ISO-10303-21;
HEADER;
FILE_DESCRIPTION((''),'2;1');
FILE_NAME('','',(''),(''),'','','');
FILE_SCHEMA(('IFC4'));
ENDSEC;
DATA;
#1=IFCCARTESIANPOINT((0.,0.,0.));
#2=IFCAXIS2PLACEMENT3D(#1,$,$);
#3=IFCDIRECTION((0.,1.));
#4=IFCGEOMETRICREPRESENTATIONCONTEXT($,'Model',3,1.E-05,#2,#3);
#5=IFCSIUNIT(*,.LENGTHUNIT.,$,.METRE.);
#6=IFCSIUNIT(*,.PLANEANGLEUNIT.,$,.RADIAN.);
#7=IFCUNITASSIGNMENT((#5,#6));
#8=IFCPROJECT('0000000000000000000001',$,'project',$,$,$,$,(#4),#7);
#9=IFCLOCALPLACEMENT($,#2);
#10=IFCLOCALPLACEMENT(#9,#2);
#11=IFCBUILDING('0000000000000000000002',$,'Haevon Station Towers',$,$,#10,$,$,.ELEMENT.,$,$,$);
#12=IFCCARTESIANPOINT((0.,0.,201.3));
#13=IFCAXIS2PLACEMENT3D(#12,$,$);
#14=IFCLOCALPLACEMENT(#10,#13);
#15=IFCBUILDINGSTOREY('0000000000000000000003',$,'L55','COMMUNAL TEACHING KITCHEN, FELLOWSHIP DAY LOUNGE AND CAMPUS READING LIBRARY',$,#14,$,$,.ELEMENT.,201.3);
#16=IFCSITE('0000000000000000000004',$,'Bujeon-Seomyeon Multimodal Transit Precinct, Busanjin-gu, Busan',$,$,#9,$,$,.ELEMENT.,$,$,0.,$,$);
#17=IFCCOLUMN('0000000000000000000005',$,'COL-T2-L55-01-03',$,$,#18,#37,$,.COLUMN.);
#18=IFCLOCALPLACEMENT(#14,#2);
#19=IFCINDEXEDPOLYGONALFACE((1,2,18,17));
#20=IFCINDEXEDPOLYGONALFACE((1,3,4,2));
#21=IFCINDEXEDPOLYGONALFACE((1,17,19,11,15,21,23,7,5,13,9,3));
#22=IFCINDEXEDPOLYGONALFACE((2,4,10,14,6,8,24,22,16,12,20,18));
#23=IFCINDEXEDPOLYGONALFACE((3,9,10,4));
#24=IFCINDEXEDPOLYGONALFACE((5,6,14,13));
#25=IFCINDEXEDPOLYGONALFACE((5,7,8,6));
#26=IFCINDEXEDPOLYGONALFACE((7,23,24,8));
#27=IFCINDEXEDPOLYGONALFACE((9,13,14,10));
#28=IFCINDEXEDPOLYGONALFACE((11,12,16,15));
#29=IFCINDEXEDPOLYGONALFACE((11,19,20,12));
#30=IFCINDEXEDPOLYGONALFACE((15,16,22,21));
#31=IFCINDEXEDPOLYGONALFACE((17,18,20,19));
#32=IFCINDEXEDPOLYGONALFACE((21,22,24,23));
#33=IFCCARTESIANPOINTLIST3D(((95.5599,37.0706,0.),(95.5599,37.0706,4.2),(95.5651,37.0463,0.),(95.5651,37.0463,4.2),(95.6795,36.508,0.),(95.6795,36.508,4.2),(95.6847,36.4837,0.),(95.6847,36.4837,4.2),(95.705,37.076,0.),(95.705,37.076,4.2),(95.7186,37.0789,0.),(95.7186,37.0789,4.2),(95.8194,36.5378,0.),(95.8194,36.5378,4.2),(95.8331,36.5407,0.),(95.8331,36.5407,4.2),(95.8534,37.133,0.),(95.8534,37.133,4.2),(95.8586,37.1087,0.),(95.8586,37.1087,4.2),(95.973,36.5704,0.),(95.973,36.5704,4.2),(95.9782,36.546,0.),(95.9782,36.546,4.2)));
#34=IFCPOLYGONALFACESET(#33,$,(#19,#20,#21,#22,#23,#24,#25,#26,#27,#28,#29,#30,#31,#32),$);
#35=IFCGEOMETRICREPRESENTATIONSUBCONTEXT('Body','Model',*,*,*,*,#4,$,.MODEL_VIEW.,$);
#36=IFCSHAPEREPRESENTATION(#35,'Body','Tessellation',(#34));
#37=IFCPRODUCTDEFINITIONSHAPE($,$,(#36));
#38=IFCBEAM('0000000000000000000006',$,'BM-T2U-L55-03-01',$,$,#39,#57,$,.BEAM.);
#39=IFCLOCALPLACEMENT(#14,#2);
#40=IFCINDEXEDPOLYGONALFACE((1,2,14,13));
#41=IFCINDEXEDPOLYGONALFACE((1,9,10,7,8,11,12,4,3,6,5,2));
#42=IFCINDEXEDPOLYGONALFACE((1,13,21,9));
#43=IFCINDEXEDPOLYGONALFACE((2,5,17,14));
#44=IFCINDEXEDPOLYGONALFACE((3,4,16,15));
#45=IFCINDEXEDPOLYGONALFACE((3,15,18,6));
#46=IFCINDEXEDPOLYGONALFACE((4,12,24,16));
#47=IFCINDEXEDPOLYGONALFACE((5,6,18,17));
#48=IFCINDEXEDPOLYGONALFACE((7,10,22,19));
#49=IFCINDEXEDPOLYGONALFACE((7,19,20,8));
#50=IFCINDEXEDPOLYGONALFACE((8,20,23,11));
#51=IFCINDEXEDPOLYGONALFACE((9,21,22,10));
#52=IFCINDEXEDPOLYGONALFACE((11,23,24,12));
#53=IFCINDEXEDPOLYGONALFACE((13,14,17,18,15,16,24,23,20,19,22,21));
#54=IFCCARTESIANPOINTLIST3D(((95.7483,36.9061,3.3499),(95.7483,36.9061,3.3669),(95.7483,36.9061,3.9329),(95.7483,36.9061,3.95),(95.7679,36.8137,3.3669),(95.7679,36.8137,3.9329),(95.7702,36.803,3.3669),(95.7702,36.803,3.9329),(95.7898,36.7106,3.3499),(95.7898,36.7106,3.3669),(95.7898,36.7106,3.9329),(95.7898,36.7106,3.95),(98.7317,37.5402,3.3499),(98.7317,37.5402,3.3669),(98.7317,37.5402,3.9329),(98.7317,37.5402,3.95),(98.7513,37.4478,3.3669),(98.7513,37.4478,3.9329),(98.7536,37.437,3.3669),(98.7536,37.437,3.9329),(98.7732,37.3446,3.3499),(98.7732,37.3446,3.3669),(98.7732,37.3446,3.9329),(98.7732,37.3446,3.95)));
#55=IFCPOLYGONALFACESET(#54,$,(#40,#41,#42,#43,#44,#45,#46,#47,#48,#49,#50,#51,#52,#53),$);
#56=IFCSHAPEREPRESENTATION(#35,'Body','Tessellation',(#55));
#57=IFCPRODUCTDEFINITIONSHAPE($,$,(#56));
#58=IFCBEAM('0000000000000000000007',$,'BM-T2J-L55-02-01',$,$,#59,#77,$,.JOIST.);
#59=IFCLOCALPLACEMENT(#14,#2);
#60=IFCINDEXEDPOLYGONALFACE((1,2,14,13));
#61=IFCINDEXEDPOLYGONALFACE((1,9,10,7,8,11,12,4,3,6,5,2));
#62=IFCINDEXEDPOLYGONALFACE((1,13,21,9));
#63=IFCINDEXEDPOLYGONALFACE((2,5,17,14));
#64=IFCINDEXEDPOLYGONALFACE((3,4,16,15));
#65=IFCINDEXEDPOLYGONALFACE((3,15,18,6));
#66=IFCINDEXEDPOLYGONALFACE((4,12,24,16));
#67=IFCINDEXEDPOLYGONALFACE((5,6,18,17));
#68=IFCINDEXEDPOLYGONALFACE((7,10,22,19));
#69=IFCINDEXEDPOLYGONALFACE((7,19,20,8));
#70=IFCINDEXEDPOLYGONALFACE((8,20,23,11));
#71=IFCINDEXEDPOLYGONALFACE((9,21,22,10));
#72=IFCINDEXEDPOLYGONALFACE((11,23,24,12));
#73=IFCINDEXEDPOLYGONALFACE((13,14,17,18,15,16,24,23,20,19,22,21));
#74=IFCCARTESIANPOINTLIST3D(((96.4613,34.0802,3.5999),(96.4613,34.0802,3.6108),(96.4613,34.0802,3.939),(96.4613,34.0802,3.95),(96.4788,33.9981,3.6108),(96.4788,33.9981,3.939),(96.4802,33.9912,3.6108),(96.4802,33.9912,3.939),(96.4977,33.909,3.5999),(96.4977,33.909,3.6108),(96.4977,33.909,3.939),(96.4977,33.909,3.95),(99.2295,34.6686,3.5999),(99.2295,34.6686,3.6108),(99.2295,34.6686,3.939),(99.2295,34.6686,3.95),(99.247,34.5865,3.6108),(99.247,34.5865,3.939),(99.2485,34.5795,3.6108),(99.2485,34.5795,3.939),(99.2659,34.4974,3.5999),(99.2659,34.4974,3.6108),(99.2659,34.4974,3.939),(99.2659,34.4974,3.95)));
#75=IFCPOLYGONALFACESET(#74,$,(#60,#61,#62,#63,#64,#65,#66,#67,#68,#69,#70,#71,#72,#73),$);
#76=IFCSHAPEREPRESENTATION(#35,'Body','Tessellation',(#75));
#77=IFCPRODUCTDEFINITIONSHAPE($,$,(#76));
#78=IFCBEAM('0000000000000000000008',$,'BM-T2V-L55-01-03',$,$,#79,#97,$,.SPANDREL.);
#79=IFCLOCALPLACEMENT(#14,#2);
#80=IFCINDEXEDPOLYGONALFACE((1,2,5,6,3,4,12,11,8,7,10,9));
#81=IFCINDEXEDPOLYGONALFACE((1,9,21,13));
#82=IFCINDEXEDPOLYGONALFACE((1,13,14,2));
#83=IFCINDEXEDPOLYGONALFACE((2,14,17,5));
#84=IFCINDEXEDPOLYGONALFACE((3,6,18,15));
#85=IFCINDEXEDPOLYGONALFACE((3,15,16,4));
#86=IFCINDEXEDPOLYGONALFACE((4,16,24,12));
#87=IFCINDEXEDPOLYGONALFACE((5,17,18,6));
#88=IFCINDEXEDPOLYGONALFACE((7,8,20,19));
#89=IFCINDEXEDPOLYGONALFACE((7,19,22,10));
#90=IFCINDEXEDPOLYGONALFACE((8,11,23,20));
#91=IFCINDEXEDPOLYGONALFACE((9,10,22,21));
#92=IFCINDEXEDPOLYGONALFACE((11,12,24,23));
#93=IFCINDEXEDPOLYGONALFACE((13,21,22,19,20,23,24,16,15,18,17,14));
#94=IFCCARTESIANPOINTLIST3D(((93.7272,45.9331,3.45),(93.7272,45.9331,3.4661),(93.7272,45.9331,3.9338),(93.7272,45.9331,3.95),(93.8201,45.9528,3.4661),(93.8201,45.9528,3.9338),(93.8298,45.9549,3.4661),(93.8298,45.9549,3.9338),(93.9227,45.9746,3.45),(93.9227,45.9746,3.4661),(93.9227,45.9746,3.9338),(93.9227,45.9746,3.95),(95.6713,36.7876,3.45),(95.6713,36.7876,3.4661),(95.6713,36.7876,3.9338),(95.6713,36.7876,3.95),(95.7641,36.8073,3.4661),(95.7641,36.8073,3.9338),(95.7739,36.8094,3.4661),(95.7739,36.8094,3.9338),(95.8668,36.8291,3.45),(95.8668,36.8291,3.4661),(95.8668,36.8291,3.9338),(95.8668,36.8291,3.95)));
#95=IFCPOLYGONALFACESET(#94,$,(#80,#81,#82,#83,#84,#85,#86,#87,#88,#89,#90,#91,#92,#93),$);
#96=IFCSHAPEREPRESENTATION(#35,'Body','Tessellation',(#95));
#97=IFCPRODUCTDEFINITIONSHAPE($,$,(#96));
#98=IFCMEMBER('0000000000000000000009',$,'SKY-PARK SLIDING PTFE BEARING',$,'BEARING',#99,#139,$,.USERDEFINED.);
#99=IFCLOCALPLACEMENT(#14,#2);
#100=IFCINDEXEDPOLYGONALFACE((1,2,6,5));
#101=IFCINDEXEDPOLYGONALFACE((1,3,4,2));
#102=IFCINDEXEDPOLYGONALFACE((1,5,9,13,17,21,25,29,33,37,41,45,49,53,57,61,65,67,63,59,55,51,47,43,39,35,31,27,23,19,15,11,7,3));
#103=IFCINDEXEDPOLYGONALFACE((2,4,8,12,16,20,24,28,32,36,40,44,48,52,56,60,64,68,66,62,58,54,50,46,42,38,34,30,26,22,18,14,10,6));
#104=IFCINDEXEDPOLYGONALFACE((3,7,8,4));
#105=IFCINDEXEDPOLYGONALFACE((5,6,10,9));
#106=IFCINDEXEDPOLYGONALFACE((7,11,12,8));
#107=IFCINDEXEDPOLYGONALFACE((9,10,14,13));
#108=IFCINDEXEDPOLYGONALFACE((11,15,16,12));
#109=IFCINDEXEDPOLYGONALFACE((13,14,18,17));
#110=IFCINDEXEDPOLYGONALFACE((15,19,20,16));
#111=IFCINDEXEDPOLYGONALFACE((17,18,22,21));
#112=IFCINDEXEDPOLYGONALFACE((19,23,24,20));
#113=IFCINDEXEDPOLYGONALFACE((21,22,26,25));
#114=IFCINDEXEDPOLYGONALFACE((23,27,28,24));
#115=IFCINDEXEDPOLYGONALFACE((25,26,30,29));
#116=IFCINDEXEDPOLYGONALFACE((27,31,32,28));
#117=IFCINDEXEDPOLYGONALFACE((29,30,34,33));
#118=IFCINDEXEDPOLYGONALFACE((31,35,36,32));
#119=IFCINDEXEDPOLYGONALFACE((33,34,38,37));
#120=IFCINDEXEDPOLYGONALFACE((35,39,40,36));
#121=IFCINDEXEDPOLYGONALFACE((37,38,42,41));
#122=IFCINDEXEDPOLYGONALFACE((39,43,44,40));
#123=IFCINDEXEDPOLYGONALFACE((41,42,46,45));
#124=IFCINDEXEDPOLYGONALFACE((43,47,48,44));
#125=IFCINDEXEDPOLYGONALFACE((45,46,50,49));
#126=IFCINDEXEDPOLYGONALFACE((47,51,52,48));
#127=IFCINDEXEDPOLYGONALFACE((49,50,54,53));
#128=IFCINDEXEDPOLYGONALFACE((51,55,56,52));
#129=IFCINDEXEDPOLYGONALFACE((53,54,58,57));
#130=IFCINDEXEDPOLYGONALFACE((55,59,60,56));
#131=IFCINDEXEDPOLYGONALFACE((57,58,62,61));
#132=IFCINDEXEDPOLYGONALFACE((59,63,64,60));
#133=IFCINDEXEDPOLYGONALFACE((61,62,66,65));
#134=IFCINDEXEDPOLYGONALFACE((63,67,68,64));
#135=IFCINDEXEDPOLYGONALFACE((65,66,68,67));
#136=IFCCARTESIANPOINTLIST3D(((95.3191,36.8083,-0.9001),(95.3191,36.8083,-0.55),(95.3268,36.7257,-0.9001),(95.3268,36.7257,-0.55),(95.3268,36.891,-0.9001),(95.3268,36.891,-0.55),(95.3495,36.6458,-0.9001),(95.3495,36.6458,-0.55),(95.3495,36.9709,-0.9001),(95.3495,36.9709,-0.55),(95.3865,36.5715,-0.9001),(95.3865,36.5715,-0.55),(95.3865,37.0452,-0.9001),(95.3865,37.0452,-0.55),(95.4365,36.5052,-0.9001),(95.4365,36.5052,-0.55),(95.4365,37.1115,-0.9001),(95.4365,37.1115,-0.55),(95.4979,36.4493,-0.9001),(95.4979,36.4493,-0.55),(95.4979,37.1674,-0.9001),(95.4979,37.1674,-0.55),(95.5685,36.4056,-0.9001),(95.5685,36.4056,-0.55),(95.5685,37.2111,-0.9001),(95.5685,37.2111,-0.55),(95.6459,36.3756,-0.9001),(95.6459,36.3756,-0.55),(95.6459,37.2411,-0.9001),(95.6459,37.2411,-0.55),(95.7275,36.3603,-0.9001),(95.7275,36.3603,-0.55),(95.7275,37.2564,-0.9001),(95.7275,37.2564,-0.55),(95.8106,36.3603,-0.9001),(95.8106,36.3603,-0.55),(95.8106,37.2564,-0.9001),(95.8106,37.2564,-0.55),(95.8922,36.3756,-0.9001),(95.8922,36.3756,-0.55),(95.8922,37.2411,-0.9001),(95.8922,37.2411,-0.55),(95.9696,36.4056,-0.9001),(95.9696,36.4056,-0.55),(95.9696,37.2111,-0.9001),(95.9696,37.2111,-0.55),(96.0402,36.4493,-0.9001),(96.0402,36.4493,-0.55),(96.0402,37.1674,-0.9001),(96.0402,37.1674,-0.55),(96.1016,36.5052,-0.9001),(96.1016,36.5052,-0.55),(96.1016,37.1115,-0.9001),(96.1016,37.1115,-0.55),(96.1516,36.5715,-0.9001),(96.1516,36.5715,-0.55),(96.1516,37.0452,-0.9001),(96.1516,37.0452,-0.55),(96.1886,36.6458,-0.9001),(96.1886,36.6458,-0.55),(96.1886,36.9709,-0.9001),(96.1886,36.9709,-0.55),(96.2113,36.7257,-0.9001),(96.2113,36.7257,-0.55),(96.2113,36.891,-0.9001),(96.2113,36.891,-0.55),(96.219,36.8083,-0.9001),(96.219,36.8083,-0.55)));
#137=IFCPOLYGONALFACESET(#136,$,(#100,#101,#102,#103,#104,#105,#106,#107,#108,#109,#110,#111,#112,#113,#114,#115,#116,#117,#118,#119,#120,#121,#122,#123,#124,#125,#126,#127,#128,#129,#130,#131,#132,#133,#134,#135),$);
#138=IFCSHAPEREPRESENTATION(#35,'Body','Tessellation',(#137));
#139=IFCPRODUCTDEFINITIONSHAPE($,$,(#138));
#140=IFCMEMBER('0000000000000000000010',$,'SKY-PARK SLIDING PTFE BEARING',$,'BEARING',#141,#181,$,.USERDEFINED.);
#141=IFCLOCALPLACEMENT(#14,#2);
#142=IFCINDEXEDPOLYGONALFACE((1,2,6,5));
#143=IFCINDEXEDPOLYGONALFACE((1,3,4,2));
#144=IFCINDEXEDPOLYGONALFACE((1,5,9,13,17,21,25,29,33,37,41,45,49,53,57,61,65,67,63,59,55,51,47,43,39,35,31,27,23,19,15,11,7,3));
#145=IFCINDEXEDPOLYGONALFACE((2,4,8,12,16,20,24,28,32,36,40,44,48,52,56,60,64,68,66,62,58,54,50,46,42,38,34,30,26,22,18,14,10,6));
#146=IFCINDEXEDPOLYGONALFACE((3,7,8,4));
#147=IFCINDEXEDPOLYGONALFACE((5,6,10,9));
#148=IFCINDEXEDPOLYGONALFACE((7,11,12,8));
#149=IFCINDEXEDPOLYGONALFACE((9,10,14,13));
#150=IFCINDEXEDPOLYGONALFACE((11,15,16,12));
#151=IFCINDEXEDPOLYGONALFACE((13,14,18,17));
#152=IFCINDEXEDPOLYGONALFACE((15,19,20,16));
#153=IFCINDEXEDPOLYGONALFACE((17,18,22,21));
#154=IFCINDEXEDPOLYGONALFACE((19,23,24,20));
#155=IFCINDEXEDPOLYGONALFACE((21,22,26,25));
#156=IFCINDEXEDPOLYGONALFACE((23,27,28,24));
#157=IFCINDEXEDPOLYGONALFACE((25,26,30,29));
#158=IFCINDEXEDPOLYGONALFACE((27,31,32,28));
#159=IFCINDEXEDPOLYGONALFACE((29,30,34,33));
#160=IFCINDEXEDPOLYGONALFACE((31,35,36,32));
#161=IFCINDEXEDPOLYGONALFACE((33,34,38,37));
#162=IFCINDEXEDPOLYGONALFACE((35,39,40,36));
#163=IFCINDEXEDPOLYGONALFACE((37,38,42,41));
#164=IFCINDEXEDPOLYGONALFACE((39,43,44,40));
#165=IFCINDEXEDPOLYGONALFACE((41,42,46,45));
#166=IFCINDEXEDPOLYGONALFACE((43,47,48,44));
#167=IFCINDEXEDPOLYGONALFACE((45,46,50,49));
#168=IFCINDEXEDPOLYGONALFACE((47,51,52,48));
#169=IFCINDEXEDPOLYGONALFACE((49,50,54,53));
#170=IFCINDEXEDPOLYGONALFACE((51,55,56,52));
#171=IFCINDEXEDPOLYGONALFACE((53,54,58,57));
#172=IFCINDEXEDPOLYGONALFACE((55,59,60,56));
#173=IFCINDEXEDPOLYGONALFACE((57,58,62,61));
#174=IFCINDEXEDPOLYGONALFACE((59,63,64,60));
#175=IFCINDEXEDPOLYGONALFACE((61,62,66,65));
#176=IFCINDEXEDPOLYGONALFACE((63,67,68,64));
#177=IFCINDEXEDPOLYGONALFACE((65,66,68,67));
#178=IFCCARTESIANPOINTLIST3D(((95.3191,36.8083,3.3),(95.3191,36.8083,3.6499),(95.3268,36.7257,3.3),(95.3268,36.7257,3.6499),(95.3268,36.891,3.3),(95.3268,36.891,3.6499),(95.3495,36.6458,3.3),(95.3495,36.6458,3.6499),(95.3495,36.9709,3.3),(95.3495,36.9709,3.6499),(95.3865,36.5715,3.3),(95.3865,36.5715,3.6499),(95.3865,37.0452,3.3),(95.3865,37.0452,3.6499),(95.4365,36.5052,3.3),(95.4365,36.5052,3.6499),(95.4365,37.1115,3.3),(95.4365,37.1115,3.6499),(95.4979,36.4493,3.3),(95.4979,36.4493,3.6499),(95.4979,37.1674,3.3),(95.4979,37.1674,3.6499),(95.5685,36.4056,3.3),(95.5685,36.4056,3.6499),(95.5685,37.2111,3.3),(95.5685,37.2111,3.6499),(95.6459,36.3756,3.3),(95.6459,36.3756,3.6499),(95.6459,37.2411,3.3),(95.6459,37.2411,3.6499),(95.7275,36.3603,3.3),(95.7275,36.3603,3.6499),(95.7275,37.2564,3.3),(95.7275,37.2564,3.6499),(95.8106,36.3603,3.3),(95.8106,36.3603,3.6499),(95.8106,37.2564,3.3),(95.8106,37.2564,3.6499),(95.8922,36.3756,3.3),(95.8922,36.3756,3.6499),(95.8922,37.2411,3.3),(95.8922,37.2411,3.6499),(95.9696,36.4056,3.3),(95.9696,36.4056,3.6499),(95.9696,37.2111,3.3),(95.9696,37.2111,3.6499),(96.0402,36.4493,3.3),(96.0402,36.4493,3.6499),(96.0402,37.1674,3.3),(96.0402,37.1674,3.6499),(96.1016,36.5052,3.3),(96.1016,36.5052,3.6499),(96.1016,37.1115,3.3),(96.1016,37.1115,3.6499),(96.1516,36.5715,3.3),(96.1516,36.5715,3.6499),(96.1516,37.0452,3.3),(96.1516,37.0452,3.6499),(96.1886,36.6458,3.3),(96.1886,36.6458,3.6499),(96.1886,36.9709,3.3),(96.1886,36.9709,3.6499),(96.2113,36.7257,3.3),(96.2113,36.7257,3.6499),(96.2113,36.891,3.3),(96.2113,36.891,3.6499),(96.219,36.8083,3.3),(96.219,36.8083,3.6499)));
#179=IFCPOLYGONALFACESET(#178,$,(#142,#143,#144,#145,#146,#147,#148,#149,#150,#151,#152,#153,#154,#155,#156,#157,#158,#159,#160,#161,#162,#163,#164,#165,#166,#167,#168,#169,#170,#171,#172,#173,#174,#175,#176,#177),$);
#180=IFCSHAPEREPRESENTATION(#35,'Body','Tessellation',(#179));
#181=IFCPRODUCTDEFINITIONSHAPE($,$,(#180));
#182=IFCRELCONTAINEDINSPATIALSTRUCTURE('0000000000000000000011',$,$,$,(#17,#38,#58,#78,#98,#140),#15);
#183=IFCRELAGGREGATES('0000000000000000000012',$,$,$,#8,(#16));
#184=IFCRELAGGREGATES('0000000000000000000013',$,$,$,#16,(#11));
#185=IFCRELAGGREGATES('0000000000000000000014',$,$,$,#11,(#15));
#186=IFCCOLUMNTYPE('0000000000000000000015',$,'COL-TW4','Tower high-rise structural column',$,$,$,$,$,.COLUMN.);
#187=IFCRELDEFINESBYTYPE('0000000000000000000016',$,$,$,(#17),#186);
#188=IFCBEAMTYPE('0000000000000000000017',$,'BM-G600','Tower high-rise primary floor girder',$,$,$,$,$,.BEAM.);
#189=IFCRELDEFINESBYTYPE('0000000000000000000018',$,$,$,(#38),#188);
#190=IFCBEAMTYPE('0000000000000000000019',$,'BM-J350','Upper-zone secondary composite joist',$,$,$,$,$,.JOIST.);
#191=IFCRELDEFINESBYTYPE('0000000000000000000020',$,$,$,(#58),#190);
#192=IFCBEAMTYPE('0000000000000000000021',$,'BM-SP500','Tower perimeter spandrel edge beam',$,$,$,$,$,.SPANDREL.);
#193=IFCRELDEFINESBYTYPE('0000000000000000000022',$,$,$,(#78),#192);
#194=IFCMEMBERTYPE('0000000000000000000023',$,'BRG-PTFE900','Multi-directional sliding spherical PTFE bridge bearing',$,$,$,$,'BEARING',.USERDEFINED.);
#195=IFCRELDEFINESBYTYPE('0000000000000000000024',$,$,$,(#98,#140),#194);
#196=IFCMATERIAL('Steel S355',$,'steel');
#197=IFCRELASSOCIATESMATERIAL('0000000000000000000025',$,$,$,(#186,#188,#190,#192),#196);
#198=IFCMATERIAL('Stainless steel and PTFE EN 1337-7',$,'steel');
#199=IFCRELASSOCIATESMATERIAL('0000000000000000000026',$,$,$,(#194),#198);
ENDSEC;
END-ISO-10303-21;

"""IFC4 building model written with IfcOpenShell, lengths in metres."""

from ifc_helpers import new_model, si_unit, direction, frame, origin, origin_2d, place, context, subcontext, project, spatial, circle, i_section, extrude, material, material_profile, profile_set, type_object, element, save


model = new_model("IFC4")

# Units and contexts
model_context = context("Model", 3, precision=1e-05, world=origin(), true_north=direction((0.0, 1.0)))
body_context = subcontext(model_context, "Body", "Model", "MODEL_VIEW")
ifc_project = project(units=[si_unit("LENGTHUNIT", "METRE"), si_unit("PLANEANGLEUNIT", "RADIAN")], contexts=[model_context])

# Site, building, storey
site_placement = place(None, origin())
site = spatial("IfcSite", under=ifc_project, at=site_placement, Name="Bujeon-Seomyeon Multimodal Transit Precinct, Busanjin-gu, Busan", CompositionType="ELEMENT", RefElevation=0.0)
building_placement = place(site_placement, origin())
building = spatial("IfcBuilding", under=site, at=building_placement, Name="Haevon Station Towers", CompositionType="ELEMENT")
storey_placement = place(building_placement, frame((0.0, 0.0, 201.3)))
storey = spatial("IfcBuildingStorey", under=building, at=storey_placement, Name="L55", Description="COMMUNAL TEACHING KITCHEN, FELLOWSHIP DAY LOUNGE AND CAMPUS READING LIBRARY", CompositionType="ELEMENT", Elevation=201.3)

# Column
ifc_material_1 = material(Name="Steel S355", Category="steel")
ifc_material_profile_1 = material_profile(ifc_material_1, i_section(OverallWidth=0.3, OverallDepth=0.6001, WebThickness=0.0139, FlangeThickness=0.0249, at=origin_2d()), Name="H-600x300x14x25")
ifc_profile_set_1 = profile_set([ifc_material_profile_1], Name="Steel S355")
column_type = type_object("IfcColumnType", Name="COL-TW4", Description="Tower high-rise structural column", PredefinedType="COLUMN", material=ifc_profile_set_1)
column_placement = place(storey_placement, frame((95.769, 36.8083, 0.0), z_axis=(0.0, 0.0, 1.0), x_axis=(0.978148, 0.207912, 0.0)))
element("IfcColumn", 1, at=column_placement, inside=storey, type_object=column_type, Name="COL-T2-L55-01-03", PredefinedType="COLUMN", context=body_context, shape_type="SweptSolid", body=[
    extrude(i_section(OverallWidth=0.3, OverallDepth=0.6001, WebThickness=0.0139, FlangeThickness=0.0249, at=origin_2d()), origin(), (0.0, 0.0, 1.0), 4.2),
])

# Beams
ifc_material_profile_2 = material_profile(ifc_material_1, i_section(OverallWidth=0.2, OverallDepth=0.6001, WebThickness=0.011, FlangeThickness=0.0171, at=origin_2d()), Name="H-600x200x11x17")
ifc_profile_set_2 = profile_set([ifc_material_profile_2], Name="Steel S355")
beam_type_1 = type_object("IfcBeamType", Name="BM-G600", Description="Tower high-rise primary floor girder", PredefinedType="BEAM", material=ifc_profile_set_2)
beam_1_placement = place(storey_placement, frame((95.769, 36.8083, 3.6499), z_axis=(0.978155, 0.207878, 0.0), x_axis=(-0.207878, 0.978155, 0.0)))
element("IfcBeam", 2, at=beam_1_placement, inside=storey, type_object=beam_type_1, Name="BM-T2U-L55-03-01", PredefinedType="BEAM", context=body_context, shape_type="SweptSolid", body=[
    extrude(i_section(OverallWidth=0.2, OverallDepth=0.6001, WebThickness=0.011, FlangeThickness=0.0171, at=origin_2d()), origin(), (0.0, 0.0, 1.0), 3.05),
])
ifc_material_profile_3 = material_profile(ifc_material_1, i_section(OverallWidth=0.175, OverallDepth=0.3501, WebThickness=0.0071, FlangeThickness=0.011, at=origin_2d()), Name="H-350x175x7x11")
ifc_profile_set_3 = profile_set([ifc_material_profile_3], Name="Steel S355")
beam_type_2 = type_object("IfcBeamType", Name="BM-J350", Description="Upper-zone secondary composite joist", PredefinedType="JOIST", material=ifc_profile_set_3)
beam_2_placement = place(storey_placement, frame((96.4795, 33.9946, 3.7749), z_axis=(0.978151, 0.207897, 0.0), x_axis=(-0.207897, 0.978151, 0.0)))
element("IfcBeam", 3, at=beam_2_placement, inside=storey, type_object=beam_type_2, Name="BM-T2J-L55-02-01", PredefinedType="JOIST", context=body_context, shape_type="SweptSolid", body=[
    extrude(i_section(OverallWidth=0.175, OverallDepth=0.3501, WebThickness=0.0071, FlangeThickness=0.011, at=origin_2d()), origin(), (0.0, 0.0, 1.0), 2.8301),
])
ifc_material_profile_4 = material_profile(ifc_material_1, i_section(OverallWidth=0.2, OverallDepth=0.5, WebThickness=0.01, FlangeThickness=0.0161, at=origin_2d()), Name="H-500x200x10x16")
ifc_profile_set_4 = profile_set([ifc_material_profile_4], Name="Steel S355")
beam_type_3 = type_object("IfcBeamType", Name="BM-SP500", Description="Tower perimeter spandrel edge beam", PredefinedType="SPANDREL", material=ifc_profile_set_4)
beam_3_placement = place(storey_placement, frame((95.769, 36.8083, 3.7), z_axis=(-0.207927, 0.978144, 0.0), x_axis=(-0.978144, -0.207927, 0.0)))
element("IfcBeam", 4, at=beam_3_placement, inside=storey, type_object=beam_type_3, Name="BM-T2V-L55-01-03", PredefinedType="SPANDREL", context=body_context, shape_type="SweptSolid", body=[
    extrude(i_section(OverallWidth=0.2, OverallDepth=0.5, WebThickness=0.01, FlangeThickness=0.0161, at=origin_2d()), origin(), (0.0, 0.0, 1.0), 9.3499),
])

# Members
ifc_material_2 = material(Name="Stainless steel and PTFE EN 1337-7", Category="steel")
ifc_material_profile_5 = material_profile(ifc_material_2, circle(Radius=0.45, at=origin_2d()), Name="PTFE-BEARING-D900")
ifc_profile_set_5 = profile_set([ifc_material_profile_5], Name="Stainless steel and PTFE EN 1337-7")
member_type_1 = type_object("IfcMemberType", Name="BRG-PTFE900", Description="Multi-directional sliding spherical PTFE bridge bearing", ElementType="BEARING", PredefinedType="USERDEFINED", material=ifc_profile_set_5)
member_1_placement = place(storey_placement, frame((95.769, 36.8083, -0.9001), z_axis=(0.0, 0.0, 1.0), x_axis=(1.0, 0.0, 0.0)))
element("IfcMember", 5, at=member_1_placement, inside=storey, type_object=member_type_1, Name="SKY-PARK SLIDING PTFE BEARING", ObjectType="BEARING", PredefinedType="USERDEFINED", context=body_context, shape_type="SweptSolid", body=[
    extrude(circle(Radius=0.45, at=origin_2d()), origin(), (0.0, 0.0, 1.0), 0.3501),
])
member_2_placement = place(storey_placement, frame((95.769, 36.8083, 3.3), z_axis=(0.0, 0.0, 1.0), x_axis=(1.0, 0.0, 0.0)))
element("IfcMember", 6, at=member_2_placement, inside=storey, type_object=member_type_1, Name="SKY-PARK SLIDING PTFE BEARING", ObjectType="BEARING", PredefinedType="USERDEFINED", context=body_context, shape_type="SweptSolid", body=[
    extrude(circle(Radius=0.45, at=origin_2d()), origin(), (0.0, 0.0, 1.0), 0.3499),
])

save(model, "model.ifc")
